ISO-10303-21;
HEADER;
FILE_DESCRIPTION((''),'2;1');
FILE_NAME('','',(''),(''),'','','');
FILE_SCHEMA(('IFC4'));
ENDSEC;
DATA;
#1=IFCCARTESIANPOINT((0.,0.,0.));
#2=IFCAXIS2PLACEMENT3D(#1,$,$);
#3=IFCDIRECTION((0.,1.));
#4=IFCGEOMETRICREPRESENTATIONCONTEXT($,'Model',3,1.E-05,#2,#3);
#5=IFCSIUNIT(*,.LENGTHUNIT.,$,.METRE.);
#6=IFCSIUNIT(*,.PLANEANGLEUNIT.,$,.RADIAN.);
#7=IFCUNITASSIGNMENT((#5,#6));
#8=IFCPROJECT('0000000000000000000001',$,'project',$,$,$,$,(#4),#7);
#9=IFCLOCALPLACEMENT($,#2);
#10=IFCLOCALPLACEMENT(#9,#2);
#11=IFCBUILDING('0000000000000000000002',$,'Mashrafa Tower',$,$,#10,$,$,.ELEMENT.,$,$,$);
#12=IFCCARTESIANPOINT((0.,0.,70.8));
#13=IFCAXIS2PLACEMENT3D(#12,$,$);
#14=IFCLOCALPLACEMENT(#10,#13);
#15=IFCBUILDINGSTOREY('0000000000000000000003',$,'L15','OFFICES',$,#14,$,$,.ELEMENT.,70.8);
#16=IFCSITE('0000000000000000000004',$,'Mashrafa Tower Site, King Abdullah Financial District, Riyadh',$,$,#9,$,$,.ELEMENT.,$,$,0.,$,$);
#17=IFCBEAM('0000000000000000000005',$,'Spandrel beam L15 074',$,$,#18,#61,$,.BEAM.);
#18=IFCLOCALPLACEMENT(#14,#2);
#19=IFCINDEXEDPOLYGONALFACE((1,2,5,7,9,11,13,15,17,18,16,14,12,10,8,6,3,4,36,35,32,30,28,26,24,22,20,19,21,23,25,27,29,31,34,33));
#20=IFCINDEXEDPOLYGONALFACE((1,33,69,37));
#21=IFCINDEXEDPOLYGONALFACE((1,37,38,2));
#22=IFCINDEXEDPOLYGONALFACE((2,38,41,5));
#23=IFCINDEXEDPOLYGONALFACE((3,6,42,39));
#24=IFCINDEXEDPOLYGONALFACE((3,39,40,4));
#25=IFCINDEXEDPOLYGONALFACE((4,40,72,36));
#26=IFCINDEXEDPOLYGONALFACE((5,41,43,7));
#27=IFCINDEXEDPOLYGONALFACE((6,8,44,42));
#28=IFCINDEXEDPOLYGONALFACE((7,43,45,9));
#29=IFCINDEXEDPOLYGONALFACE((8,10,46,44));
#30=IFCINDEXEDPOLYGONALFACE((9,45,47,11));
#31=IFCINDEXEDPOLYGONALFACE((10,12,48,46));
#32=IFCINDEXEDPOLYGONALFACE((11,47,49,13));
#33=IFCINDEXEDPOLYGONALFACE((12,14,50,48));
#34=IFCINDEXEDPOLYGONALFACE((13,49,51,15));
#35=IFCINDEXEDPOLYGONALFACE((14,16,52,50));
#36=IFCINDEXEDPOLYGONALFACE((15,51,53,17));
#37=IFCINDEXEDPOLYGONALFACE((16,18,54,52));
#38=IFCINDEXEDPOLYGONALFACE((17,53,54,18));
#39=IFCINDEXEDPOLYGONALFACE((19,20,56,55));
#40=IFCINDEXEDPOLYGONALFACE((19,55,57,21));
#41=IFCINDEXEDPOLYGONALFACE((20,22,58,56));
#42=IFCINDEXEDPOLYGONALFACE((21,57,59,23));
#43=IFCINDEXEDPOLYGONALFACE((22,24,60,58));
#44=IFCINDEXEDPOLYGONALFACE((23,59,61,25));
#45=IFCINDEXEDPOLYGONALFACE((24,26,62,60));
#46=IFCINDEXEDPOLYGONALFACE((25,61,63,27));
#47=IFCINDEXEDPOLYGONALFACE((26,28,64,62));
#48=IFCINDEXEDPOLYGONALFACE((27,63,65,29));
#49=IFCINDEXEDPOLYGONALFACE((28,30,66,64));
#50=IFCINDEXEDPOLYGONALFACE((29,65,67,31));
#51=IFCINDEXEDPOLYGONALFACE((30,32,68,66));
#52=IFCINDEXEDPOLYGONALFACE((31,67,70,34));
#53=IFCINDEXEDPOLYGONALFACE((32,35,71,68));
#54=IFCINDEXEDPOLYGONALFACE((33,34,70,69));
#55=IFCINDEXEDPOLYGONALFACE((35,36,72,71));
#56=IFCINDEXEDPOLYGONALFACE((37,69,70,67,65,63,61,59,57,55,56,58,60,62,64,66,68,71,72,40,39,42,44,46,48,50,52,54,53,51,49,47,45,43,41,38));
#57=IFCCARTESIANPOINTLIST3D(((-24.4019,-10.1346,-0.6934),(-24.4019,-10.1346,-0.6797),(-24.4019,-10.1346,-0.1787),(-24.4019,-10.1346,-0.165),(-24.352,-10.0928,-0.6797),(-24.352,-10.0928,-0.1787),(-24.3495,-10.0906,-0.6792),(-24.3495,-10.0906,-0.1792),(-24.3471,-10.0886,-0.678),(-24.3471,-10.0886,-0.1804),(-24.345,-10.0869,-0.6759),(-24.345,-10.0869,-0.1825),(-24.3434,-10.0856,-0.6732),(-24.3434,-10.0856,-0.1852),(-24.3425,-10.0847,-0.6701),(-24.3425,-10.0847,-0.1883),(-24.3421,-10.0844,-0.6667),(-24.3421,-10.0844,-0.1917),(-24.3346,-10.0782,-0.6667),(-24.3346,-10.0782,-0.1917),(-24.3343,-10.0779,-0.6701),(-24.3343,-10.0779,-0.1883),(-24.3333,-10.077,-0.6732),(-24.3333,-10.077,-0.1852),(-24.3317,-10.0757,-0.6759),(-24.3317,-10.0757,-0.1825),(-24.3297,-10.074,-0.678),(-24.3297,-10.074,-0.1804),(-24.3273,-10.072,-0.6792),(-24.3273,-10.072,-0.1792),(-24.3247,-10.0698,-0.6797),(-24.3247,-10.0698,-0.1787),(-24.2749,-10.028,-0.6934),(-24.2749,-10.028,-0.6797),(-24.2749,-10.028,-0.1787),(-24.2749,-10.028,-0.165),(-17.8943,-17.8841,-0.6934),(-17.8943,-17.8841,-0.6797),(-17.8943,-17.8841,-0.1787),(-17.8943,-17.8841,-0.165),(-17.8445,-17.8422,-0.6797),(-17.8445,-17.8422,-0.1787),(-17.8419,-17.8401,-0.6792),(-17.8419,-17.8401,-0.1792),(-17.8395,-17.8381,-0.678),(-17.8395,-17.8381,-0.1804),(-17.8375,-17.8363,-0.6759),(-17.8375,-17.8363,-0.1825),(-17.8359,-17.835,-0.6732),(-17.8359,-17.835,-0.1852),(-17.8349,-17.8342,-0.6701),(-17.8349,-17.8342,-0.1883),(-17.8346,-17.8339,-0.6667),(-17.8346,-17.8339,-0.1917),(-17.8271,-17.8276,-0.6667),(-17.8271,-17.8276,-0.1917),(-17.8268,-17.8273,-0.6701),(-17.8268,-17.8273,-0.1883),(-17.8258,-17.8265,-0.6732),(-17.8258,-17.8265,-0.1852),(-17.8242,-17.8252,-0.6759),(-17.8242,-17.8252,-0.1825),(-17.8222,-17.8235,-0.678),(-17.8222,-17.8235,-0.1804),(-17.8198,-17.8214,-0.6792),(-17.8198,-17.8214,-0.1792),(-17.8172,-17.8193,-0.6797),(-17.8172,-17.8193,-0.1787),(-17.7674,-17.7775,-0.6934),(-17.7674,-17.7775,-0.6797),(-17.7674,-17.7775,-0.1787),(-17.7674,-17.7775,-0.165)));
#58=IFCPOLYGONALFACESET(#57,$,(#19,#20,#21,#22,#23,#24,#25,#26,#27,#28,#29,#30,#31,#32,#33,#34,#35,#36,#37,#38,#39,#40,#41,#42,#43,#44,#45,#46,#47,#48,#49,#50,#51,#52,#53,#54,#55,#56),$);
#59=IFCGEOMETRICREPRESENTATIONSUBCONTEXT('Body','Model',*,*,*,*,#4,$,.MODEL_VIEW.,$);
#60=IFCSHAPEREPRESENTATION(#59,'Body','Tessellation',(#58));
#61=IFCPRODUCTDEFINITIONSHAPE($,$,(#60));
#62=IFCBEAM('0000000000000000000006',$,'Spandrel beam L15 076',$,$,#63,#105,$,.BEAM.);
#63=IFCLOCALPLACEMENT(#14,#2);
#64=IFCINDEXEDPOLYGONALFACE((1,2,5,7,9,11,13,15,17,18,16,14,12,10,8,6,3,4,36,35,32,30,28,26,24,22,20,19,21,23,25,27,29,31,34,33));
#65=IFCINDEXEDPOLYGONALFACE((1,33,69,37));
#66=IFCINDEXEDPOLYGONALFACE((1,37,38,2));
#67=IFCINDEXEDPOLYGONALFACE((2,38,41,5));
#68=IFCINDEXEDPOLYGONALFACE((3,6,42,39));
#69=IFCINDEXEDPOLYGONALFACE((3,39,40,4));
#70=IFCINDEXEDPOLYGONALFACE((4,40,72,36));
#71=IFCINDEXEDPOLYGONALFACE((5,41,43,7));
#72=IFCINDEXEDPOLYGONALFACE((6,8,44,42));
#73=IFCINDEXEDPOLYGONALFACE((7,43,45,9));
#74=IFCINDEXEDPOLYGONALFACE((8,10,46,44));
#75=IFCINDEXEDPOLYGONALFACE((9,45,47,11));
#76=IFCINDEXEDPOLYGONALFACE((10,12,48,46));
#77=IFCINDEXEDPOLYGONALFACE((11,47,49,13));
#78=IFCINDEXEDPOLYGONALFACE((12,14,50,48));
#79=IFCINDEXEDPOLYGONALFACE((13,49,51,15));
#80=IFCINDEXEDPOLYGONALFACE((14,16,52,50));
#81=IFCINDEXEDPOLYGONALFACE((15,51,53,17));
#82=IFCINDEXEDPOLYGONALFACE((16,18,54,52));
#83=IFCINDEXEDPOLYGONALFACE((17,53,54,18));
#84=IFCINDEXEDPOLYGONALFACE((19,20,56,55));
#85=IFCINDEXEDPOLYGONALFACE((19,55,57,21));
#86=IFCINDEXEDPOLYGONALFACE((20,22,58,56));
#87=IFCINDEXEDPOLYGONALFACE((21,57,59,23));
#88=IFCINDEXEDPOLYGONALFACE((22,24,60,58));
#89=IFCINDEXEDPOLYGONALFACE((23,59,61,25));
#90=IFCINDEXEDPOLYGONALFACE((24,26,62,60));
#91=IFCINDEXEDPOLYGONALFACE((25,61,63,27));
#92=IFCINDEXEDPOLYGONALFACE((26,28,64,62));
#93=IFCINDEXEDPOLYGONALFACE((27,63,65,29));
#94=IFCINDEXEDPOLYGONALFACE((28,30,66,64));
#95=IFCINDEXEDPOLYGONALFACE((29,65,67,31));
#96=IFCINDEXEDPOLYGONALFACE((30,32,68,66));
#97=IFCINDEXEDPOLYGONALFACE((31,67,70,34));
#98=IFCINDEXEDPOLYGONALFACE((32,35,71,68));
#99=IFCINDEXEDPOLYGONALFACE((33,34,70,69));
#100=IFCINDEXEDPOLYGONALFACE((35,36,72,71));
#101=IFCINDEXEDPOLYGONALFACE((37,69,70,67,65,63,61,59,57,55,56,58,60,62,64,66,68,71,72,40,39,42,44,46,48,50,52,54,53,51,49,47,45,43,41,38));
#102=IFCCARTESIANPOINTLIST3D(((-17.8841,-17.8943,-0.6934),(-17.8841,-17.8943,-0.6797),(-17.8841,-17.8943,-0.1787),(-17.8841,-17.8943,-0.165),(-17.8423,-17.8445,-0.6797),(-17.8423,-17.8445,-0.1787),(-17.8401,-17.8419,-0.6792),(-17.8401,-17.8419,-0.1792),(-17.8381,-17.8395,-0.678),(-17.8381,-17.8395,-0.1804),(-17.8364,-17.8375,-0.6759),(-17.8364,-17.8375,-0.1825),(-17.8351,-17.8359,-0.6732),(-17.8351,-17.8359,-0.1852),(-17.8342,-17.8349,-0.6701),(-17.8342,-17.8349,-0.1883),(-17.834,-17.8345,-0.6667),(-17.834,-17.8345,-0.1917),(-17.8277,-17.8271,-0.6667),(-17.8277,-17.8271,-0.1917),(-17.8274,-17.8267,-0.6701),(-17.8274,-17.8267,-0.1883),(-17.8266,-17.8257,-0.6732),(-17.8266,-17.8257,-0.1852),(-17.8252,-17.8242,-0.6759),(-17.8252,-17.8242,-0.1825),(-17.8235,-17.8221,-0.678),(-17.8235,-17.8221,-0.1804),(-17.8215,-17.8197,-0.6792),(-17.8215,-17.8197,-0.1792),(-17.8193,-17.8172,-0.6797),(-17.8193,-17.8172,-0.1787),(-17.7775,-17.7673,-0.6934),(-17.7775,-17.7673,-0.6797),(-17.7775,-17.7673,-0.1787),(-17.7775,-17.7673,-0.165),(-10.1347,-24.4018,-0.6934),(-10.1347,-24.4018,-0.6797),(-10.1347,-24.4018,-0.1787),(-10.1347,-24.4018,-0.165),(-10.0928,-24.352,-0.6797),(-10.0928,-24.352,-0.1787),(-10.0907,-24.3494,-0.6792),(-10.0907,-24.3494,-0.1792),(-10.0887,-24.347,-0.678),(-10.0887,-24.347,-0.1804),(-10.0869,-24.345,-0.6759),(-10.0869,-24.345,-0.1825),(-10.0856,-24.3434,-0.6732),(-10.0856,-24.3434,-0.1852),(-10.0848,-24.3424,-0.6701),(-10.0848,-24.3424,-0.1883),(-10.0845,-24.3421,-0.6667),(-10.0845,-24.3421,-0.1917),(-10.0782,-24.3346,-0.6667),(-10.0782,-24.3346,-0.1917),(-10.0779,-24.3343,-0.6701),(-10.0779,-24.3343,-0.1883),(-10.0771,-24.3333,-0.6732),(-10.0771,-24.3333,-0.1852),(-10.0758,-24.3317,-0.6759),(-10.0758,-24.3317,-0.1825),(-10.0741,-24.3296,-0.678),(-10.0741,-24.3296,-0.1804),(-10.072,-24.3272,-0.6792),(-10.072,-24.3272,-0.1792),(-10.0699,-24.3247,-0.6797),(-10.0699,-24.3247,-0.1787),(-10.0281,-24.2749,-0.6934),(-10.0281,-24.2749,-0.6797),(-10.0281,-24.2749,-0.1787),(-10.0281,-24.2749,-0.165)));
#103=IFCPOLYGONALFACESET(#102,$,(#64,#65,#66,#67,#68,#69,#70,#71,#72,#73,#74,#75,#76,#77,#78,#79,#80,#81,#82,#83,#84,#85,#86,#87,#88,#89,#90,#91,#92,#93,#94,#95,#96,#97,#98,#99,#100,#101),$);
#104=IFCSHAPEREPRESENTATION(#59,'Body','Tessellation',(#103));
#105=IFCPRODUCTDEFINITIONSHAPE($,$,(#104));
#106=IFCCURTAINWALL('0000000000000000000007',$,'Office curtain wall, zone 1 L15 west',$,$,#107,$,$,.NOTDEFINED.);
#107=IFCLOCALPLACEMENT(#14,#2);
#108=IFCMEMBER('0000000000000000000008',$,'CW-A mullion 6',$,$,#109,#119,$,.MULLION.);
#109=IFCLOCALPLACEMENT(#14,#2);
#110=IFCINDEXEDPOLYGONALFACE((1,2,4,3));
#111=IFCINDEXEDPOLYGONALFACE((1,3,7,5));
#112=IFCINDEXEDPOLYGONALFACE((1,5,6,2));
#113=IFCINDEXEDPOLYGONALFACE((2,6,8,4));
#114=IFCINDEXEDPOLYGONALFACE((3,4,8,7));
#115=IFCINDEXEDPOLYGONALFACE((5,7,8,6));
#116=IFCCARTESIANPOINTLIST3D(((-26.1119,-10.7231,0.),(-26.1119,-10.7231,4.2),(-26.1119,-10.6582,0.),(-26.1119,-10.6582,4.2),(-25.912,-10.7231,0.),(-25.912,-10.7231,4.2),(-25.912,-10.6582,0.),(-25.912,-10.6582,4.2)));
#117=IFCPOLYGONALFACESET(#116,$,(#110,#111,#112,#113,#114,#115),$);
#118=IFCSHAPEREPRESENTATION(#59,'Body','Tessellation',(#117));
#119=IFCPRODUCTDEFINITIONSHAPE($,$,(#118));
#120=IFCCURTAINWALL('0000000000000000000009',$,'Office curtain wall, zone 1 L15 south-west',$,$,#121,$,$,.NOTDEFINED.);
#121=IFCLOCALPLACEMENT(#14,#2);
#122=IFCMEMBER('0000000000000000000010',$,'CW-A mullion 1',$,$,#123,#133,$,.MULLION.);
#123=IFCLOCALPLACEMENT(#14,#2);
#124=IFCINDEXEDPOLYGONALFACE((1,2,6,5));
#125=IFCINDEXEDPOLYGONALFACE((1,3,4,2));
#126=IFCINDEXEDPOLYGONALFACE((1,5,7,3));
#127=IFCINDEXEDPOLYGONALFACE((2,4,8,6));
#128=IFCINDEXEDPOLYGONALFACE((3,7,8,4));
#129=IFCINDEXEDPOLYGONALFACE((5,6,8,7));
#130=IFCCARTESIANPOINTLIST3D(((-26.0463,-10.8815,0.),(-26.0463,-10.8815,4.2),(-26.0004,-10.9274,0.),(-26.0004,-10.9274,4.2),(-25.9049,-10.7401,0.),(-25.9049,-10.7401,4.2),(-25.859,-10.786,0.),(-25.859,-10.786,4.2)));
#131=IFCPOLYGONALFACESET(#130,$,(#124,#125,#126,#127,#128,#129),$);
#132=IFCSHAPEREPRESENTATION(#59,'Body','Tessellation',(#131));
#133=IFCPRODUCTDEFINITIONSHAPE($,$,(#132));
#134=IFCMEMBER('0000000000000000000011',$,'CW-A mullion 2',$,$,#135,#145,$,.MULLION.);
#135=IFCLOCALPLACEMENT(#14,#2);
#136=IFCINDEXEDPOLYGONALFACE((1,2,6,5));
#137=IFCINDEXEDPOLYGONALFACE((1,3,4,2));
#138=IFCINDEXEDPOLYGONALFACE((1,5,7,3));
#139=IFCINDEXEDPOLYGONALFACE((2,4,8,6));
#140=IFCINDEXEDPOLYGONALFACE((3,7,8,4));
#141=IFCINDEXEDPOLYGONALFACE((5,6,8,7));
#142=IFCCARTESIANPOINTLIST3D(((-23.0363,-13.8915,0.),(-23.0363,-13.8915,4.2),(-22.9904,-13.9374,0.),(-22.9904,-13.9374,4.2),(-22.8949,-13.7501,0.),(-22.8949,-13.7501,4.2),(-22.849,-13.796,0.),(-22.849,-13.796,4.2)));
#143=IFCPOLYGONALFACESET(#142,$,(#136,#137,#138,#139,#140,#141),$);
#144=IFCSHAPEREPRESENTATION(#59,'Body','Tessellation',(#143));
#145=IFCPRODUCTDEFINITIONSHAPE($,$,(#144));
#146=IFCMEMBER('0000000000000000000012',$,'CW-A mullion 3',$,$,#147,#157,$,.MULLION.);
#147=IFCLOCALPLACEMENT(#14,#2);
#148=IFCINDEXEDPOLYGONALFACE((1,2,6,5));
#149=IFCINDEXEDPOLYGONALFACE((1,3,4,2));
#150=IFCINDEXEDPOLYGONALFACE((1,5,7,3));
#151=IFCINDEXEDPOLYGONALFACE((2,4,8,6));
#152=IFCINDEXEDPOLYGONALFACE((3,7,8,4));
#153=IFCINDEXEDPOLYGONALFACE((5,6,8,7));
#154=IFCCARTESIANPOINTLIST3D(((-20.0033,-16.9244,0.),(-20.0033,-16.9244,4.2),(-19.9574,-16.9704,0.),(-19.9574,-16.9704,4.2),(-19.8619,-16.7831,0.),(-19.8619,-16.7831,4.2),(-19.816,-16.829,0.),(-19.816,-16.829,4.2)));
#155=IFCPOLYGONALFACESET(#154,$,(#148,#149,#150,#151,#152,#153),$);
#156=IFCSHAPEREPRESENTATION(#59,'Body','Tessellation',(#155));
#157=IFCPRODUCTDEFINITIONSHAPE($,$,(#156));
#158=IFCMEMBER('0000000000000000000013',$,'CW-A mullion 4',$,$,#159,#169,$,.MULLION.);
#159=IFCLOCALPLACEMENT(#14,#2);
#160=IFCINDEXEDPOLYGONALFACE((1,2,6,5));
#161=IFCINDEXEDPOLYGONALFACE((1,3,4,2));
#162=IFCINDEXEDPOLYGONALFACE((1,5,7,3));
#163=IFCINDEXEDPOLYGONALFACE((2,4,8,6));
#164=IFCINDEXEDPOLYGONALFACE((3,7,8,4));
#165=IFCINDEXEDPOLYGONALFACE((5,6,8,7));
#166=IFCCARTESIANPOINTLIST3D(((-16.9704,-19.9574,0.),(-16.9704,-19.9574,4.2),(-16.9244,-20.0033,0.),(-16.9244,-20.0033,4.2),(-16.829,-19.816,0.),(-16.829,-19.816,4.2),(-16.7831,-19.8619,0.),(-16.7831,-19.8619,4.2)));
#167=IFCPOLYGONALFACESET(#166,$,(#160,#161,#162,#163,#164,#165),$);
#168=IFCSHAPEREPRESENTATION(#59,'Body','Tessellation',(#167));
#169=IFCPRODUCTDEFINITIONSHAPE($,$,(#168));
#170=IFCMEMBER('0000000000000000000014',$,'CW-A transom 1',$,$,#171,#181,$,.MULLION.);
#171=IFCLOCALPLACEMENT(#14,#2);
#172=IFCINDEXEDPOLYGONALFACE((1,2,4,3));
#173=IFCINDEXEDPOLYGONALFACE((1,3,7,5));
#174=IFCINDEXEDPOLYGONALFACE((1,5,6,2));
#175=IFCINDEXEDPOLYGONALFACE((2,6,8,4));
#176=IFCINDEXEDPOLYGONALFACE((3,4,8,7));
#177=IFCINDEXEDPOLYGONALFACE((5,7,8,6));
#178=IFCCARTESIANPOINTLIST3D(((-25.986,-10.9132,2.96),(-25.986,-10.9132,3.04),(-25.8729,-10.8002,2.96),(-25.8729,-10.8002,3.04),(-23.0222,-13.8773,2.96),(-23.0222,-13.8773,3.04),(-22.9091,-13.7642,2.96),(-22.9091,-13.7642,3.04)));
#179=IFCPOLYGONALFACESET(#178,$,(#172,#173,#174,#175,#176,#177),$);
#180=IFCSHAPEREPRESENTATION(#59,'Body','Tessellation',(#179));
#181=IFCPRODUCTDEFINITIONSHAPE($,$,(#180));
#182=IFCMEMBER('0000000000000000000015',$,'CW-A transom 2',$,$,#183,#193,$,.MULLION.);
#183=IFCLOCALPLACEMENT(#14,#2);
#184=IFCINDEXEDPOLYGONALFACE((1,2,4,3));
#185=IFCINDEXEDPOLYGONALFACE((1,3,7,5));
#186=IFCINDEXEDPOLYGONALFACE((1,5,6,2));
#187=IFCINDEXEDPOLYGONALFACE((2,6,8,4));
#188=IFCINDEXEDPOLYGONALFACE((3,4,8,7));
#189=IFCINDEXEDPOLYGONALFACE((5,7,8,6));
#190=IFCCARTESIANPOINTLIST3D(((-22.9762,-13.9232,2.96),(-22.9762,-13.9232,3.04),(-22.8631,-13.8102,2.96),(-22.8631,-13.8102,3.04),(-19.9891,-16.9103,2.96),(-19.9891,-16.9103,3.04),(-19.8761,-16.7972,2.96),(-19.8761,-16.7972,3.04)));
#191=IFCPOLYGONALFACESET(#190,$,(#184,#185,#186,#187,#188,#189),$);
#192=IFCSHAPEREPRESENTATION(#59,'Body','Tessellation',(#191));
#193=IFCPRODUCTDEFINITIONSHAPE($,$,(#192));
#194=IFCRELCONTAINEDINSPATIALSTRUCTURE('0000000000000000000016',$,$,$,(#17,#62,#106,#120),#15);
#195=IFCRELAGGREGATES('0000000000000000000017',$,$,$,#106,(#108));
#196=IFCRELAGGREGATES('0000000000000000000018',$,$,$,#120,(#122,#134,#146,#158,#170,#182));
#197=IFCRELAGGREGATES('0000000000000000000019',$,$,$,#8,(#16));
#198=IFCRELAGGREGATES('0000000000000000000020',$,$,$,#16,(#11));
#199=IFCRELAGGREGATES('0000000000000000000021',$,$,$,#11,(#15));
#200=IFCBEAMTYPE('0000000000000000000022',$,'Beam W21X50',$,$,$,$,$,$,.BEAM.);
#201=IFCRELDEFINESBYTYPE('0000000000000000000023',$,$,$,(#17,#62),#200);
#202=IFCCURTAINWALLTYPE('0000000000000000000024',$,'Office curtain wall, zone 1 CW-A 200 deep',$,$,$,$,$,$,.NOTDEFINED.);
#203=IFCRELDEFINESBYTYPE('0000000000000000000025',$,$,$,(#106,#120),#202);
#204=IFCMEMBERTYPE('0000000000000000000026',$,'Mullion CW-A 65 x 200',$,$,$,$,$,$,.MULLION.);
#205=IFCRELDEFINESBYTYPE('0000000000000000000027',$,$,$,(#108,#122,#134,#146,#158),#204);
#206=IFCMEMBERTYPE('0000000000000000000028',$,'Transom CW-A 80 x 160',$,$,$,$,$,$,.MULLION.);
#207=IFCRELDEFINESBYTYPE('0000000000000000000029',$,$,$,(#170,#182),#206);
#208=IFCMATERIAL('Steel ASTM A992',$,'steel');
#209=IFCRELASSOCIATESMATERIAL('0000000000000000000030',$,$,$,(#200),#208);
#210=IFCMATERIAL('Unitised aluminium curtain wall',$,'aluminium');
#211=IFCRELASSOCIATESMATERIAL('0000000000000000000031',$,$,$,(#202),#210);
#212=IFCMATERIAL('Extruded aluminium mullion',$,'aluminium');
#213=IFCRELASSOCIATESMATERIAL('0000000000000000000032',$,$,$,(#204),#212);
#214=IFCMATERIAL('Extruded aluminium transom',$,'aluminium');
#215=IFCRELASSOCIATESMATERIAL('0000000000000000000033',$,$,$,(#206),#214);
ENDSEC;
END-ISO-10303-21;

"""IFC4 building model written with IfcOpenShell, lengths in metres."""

from ifc_helpers import new_model, si_unit, direction, frame, origin, origin_2d, place, context, subcontext, project, spatial, rectangle, i_section, extrude, source, transform, mapped, material, material_profile, profile_set, type_object, type_shapes, element, aggregate, save


model = new_model("IFC4")

# Units and contexts
model_context = context("Model", 3, precision=1e-05, world=origin(), true_north=direction((0.0, 1.0)))
body_context = subcontext(model_context, "Body", "Model", "MODEL_VIEW")
ifc_project = project(units=[si_unit("LENGTHUNIT", "METRE"), si_unit("PLANEANGLEUNIT", "RADIAN")], contexts=[model_context])

# Site, building, storey
site_placement = place(None, origin())
site = spatial("IfcSite", under=ifc_project, at=site_placement, Name="Mashrafa Tower Site, King Abdullah Financial District, Riyadh", CompositionType="ELEMENT", RefElevation=0.0)
building_placement = place(site_placement, origin())
building = spatial("IfcBuilding", under=site, at=building_placement, Name="Mashrafa Tower", CompositionType="ELEMENT")
storey_placement = place(building_placement, frame((0.0, 0.0, 70.8)))
storey = spatial("IfcBuildingStorey", under=building, at=storey_placement, Name="L15", Description="OFFICES", CompositionType="ELEMENT", Elevation=70.8)

# Beams
ifc_material_1 = material(Name="Steel ASTM A992", Category="steel")
ifc_material_profile_1 = material_profile(ifc_material_1, i_section(OverallWidth=0.1658, OverallDepth=0.5283, WebThickness=0.0098, FlangeThickness=0.0137, FilletRadius=0.0129, at=origin_2d()), Name="W21X50")
ifc_profile_set_1 = profile_set([ifc_material_profile_1], Name="Steel ASTM A992")
beam_type = type_object("IfcBeamType", Name="Beam W21X50", PredefinedType="BEAM", material=ifc_profile_set_1)
for number, where, z_axis, x_axis, name in (
    (1, (-24.3384, -10.0813, -0.4292), (0.643075, -0.765803, 0.0), (0.765803, 0.643075, 0.0), "Spandrel beam L15 074"),
    (2, (-17.8308, -17.8308, -0.4292), (0.765803, -0.643075, 0.0), (0.643075, 0.765803, 0.0), "Spandrel beam L15 076"),
):
    element("IfcBeam", number, at=place(storey_placement, frame(where, z_axis=z_axis, x_axis=x_axis)), inside=storey, type_object=beam_type, Name=name, PredefinedType="BEAM", context=body_context, shape_type="SweptSolid", body=[
        extrude(i_section(OverallWidth=0.1658, OverallDepth=0.5283, WebThickness=0.0098, FlangeThickness=0.0137, FilletRadius=0.0129, at=origin_2d()), origin(), (0.0, 0.0, 1.0), 10.1194),
    ])

# Curtain wall, member
ifc_material_2 = material(Name="Unitised aluminium curtain wall", Category="aluminium")
curtain_wall_type = type_object("IfcCurtainWallType", Name="Office curtain wall, zone 1 CW-A 200 deep", PredefinedType="NOTDEFINED", material=ifc_material_2)
curtain_wall_1_placement = place(storey_placement, origin())
curtain_wall_1 = element("IfcCurtainWall", 3, at=curtain_wall_1_placement, inside=storey, type_object=curtain_wall_type, Name="Office curtain wall, zone 1 L15 west", PredefinedType="NOTDEFINED")
ifc_material_3 = material(Name="Extruded aluminium mullion", Category="aluminium")
ifc_material_profile_2 = material_profile(ifc_material_3, rectangle(XDim=0.2, YDim=0.0649, at=origin_2d()), Name="Mullion 65x200")
ifc_profile_set_2 = profile_set([ifc_material_profile_2], Name="Extruded aluminium mullion")
member_type_1 = type_object("IfcMemberType", Name="Mullion CW-A 65 x 200", PredefinedType="MULLION", material=ifc_profile_set_2)
shared_shape_1 = source(origin(), body_context, "Body", "SweptSolid", [
    extrude(rectangle(XDim=0.2, YDim=0.0649, at=origin_2d()), origin(), (0.0, 0.0, 1.0), 4.2),
])
type_shapes(member_type_1, [shared_shape_1])
member_1_placement = place(storey_placement, frame((-26.012, -10.6907, 0.0), z_axis=(0.0, 0.0, 1.0), x_axis=(1.0, 0.0, 0.0)))
member_1 = element("IfcMember", 4, at=member_1_placement, type_object=member_type_1, Name="CW-A mullion 6", PredefinedType="MULLION", context=body_context, shape_type="MappedRepresentation", body=[
    mapped(shared_shape_1, transform((0.0, 0.0, 0.0))),
])
aggregate(curtain_wall_1, [member_1])

# Curtain wall, members
curtain_wall_2_placement = place(storey_placement, origin())
curtain_wall_2 = element("IfcCurtainWall", 5, at=curtain_wall_2_placement, inside=storey, type_object=curtain_wall_type, Name="Office curtain wall, zone 1 L15 south-west", PredefinedType="NOTDEFINED")
member_2_placement = place(storey_placement, frame((-25.9526, -10.8337, 0.0), z_axis=(0.0, 0.0, 1.0), x_axis=(0.707107, 0.707107, 0.0)))
member_2 = element("IfcMember", 6, at=member_2_placement, type_object=member_type_1, Name="CW-A mullion 1", PredefinedType="MULLION", context=body_context, shape_type="MappedRepresentation", body=[
    mapped(shared_shape_1, transform((0.0, 0.0, 0.0))),
])
member_3_placement = place(storey_placement, frame((-22.9426, -13.8438, 0.0), z_axis=(0.0, 0.0, 1.0), x_axis=(0.707107, 0.707107, 0.0)))
member_3 = element("IfcMember", 7, at=member_3_placement, type_object=member_type_1, Name="CW-A mullion 2", PredefinedType="MULLION", context=body_context, shape_type="MappedRepresentation", body=[
    mapped(shared_shape_1, transform((0.0, 0.0, 0.0))),
])
member_4_placement = place(storey_placement, frame((-19.9097, -16.8767, 0.0), z_axis=(0.0, 0.0, 1.0), x_axis=(0.707107, 0.707107, 0.0)))
member_4 = element("IfcMember", 8, at=member_4_placement, type_object=member_type_1, Name="CW-A mullion 3", PredefinedType="MULLION", context=body_context, shape_type="MappedRepresentation", body=[
    mapped(shared_shape_1, transform((0.0, 0.0, 0.0))),
])
member_5_placement = place(storey_placement, frame((-16.8767, -19.9097, 0.0), z_axis=(0.0, 0.0, 1.0), x_axis=(0.707107, 0.707107, 0.0)))
member_5 = element("IfcMember", 9, at=member_5_placement, type_object=member_type_1, Name="CW-A mullion 4", PredefinedType="MULLION", context=body_context, shape_type="MappedRepresentation", body=[
    mapped(shared_shape_1, transform((0.0, 0.0, 0.0))),
])
ifc_material_4 = material(Name="Extruded aluminium transom", Category="aluminium")
ifc_material_profile_3 = material_profile(ifc_material_4, rectangle(XDim=0.1599, YDim=0.0801, at=origin_2d()), Name="Transom 80x160")
ifc_profile_set_3 = profile_set([ifc_material_profile_3], Name="Extruded aluminium transom")
member_type_2 = type_object("IfcMemberType", Name="Transom CW-A 80 x 160", PredefinedType="MULLION", material=ifc_profile_set_3)
shared_shape_2 = source(origin(), body_context, "Body", "SweptSolid", [
    extrude(rectangle(XDim=0.1599, YDim=0.0801, at=origin_2d()), origin(), (0.0, 0.0, 1.0), 4.1917),
])
member_6_placement = place(storey_placement, frame((-25.9294, -10.8567, 3.0), z_axis=(0.707078, -0.707136, 0.0), x_axis=(0.707136, 0.707078, 0.0)))
member_6 = element("IfcMember", 10, at=member_6_placement, type_object=member_type_2, Name="CW-A transom 1", PredefinedType="MULLION", context=body_context, shape_type="MappedRepresentation", body=[
    mapped(shared_shape_2, transform((0.0, 0.0, 0.0))),
])
shared_shape_3 = source(origin(), body_context, "Body", "SweptSolid", [
    extrude(rectangle(XDim=0.1599, YDim=0.0801, at=origin_2d()), origin(), (0.0, 0.0, 1.0), 4.2244),
])
type_shapes(member_type_2, [shared_shape_2, shared_shape_3])
member_7_placement = place(storey_placement, frame((-22.9197, -13.8667, 3.0), z_axis=(0.707107, -0.707107, 0.0), x_axis=(0.707107, 0.707107, 0.0)))
member_7 = element("IfcMember", 11, at=member_7_placement, type_object=member_type_2, Name="CW-A transom 2", PredefinedType="MULLION", context=body_context, shape_type="MappedRepresentation", body=[
    mapped(shared_shape_3, transform((0.0, 0.0, 0.0))),
])
aggregate(curtain_wall_2, [member_2, member_3, member_4, member_5, member_6, member_7])

save(model, "model.ifc")
